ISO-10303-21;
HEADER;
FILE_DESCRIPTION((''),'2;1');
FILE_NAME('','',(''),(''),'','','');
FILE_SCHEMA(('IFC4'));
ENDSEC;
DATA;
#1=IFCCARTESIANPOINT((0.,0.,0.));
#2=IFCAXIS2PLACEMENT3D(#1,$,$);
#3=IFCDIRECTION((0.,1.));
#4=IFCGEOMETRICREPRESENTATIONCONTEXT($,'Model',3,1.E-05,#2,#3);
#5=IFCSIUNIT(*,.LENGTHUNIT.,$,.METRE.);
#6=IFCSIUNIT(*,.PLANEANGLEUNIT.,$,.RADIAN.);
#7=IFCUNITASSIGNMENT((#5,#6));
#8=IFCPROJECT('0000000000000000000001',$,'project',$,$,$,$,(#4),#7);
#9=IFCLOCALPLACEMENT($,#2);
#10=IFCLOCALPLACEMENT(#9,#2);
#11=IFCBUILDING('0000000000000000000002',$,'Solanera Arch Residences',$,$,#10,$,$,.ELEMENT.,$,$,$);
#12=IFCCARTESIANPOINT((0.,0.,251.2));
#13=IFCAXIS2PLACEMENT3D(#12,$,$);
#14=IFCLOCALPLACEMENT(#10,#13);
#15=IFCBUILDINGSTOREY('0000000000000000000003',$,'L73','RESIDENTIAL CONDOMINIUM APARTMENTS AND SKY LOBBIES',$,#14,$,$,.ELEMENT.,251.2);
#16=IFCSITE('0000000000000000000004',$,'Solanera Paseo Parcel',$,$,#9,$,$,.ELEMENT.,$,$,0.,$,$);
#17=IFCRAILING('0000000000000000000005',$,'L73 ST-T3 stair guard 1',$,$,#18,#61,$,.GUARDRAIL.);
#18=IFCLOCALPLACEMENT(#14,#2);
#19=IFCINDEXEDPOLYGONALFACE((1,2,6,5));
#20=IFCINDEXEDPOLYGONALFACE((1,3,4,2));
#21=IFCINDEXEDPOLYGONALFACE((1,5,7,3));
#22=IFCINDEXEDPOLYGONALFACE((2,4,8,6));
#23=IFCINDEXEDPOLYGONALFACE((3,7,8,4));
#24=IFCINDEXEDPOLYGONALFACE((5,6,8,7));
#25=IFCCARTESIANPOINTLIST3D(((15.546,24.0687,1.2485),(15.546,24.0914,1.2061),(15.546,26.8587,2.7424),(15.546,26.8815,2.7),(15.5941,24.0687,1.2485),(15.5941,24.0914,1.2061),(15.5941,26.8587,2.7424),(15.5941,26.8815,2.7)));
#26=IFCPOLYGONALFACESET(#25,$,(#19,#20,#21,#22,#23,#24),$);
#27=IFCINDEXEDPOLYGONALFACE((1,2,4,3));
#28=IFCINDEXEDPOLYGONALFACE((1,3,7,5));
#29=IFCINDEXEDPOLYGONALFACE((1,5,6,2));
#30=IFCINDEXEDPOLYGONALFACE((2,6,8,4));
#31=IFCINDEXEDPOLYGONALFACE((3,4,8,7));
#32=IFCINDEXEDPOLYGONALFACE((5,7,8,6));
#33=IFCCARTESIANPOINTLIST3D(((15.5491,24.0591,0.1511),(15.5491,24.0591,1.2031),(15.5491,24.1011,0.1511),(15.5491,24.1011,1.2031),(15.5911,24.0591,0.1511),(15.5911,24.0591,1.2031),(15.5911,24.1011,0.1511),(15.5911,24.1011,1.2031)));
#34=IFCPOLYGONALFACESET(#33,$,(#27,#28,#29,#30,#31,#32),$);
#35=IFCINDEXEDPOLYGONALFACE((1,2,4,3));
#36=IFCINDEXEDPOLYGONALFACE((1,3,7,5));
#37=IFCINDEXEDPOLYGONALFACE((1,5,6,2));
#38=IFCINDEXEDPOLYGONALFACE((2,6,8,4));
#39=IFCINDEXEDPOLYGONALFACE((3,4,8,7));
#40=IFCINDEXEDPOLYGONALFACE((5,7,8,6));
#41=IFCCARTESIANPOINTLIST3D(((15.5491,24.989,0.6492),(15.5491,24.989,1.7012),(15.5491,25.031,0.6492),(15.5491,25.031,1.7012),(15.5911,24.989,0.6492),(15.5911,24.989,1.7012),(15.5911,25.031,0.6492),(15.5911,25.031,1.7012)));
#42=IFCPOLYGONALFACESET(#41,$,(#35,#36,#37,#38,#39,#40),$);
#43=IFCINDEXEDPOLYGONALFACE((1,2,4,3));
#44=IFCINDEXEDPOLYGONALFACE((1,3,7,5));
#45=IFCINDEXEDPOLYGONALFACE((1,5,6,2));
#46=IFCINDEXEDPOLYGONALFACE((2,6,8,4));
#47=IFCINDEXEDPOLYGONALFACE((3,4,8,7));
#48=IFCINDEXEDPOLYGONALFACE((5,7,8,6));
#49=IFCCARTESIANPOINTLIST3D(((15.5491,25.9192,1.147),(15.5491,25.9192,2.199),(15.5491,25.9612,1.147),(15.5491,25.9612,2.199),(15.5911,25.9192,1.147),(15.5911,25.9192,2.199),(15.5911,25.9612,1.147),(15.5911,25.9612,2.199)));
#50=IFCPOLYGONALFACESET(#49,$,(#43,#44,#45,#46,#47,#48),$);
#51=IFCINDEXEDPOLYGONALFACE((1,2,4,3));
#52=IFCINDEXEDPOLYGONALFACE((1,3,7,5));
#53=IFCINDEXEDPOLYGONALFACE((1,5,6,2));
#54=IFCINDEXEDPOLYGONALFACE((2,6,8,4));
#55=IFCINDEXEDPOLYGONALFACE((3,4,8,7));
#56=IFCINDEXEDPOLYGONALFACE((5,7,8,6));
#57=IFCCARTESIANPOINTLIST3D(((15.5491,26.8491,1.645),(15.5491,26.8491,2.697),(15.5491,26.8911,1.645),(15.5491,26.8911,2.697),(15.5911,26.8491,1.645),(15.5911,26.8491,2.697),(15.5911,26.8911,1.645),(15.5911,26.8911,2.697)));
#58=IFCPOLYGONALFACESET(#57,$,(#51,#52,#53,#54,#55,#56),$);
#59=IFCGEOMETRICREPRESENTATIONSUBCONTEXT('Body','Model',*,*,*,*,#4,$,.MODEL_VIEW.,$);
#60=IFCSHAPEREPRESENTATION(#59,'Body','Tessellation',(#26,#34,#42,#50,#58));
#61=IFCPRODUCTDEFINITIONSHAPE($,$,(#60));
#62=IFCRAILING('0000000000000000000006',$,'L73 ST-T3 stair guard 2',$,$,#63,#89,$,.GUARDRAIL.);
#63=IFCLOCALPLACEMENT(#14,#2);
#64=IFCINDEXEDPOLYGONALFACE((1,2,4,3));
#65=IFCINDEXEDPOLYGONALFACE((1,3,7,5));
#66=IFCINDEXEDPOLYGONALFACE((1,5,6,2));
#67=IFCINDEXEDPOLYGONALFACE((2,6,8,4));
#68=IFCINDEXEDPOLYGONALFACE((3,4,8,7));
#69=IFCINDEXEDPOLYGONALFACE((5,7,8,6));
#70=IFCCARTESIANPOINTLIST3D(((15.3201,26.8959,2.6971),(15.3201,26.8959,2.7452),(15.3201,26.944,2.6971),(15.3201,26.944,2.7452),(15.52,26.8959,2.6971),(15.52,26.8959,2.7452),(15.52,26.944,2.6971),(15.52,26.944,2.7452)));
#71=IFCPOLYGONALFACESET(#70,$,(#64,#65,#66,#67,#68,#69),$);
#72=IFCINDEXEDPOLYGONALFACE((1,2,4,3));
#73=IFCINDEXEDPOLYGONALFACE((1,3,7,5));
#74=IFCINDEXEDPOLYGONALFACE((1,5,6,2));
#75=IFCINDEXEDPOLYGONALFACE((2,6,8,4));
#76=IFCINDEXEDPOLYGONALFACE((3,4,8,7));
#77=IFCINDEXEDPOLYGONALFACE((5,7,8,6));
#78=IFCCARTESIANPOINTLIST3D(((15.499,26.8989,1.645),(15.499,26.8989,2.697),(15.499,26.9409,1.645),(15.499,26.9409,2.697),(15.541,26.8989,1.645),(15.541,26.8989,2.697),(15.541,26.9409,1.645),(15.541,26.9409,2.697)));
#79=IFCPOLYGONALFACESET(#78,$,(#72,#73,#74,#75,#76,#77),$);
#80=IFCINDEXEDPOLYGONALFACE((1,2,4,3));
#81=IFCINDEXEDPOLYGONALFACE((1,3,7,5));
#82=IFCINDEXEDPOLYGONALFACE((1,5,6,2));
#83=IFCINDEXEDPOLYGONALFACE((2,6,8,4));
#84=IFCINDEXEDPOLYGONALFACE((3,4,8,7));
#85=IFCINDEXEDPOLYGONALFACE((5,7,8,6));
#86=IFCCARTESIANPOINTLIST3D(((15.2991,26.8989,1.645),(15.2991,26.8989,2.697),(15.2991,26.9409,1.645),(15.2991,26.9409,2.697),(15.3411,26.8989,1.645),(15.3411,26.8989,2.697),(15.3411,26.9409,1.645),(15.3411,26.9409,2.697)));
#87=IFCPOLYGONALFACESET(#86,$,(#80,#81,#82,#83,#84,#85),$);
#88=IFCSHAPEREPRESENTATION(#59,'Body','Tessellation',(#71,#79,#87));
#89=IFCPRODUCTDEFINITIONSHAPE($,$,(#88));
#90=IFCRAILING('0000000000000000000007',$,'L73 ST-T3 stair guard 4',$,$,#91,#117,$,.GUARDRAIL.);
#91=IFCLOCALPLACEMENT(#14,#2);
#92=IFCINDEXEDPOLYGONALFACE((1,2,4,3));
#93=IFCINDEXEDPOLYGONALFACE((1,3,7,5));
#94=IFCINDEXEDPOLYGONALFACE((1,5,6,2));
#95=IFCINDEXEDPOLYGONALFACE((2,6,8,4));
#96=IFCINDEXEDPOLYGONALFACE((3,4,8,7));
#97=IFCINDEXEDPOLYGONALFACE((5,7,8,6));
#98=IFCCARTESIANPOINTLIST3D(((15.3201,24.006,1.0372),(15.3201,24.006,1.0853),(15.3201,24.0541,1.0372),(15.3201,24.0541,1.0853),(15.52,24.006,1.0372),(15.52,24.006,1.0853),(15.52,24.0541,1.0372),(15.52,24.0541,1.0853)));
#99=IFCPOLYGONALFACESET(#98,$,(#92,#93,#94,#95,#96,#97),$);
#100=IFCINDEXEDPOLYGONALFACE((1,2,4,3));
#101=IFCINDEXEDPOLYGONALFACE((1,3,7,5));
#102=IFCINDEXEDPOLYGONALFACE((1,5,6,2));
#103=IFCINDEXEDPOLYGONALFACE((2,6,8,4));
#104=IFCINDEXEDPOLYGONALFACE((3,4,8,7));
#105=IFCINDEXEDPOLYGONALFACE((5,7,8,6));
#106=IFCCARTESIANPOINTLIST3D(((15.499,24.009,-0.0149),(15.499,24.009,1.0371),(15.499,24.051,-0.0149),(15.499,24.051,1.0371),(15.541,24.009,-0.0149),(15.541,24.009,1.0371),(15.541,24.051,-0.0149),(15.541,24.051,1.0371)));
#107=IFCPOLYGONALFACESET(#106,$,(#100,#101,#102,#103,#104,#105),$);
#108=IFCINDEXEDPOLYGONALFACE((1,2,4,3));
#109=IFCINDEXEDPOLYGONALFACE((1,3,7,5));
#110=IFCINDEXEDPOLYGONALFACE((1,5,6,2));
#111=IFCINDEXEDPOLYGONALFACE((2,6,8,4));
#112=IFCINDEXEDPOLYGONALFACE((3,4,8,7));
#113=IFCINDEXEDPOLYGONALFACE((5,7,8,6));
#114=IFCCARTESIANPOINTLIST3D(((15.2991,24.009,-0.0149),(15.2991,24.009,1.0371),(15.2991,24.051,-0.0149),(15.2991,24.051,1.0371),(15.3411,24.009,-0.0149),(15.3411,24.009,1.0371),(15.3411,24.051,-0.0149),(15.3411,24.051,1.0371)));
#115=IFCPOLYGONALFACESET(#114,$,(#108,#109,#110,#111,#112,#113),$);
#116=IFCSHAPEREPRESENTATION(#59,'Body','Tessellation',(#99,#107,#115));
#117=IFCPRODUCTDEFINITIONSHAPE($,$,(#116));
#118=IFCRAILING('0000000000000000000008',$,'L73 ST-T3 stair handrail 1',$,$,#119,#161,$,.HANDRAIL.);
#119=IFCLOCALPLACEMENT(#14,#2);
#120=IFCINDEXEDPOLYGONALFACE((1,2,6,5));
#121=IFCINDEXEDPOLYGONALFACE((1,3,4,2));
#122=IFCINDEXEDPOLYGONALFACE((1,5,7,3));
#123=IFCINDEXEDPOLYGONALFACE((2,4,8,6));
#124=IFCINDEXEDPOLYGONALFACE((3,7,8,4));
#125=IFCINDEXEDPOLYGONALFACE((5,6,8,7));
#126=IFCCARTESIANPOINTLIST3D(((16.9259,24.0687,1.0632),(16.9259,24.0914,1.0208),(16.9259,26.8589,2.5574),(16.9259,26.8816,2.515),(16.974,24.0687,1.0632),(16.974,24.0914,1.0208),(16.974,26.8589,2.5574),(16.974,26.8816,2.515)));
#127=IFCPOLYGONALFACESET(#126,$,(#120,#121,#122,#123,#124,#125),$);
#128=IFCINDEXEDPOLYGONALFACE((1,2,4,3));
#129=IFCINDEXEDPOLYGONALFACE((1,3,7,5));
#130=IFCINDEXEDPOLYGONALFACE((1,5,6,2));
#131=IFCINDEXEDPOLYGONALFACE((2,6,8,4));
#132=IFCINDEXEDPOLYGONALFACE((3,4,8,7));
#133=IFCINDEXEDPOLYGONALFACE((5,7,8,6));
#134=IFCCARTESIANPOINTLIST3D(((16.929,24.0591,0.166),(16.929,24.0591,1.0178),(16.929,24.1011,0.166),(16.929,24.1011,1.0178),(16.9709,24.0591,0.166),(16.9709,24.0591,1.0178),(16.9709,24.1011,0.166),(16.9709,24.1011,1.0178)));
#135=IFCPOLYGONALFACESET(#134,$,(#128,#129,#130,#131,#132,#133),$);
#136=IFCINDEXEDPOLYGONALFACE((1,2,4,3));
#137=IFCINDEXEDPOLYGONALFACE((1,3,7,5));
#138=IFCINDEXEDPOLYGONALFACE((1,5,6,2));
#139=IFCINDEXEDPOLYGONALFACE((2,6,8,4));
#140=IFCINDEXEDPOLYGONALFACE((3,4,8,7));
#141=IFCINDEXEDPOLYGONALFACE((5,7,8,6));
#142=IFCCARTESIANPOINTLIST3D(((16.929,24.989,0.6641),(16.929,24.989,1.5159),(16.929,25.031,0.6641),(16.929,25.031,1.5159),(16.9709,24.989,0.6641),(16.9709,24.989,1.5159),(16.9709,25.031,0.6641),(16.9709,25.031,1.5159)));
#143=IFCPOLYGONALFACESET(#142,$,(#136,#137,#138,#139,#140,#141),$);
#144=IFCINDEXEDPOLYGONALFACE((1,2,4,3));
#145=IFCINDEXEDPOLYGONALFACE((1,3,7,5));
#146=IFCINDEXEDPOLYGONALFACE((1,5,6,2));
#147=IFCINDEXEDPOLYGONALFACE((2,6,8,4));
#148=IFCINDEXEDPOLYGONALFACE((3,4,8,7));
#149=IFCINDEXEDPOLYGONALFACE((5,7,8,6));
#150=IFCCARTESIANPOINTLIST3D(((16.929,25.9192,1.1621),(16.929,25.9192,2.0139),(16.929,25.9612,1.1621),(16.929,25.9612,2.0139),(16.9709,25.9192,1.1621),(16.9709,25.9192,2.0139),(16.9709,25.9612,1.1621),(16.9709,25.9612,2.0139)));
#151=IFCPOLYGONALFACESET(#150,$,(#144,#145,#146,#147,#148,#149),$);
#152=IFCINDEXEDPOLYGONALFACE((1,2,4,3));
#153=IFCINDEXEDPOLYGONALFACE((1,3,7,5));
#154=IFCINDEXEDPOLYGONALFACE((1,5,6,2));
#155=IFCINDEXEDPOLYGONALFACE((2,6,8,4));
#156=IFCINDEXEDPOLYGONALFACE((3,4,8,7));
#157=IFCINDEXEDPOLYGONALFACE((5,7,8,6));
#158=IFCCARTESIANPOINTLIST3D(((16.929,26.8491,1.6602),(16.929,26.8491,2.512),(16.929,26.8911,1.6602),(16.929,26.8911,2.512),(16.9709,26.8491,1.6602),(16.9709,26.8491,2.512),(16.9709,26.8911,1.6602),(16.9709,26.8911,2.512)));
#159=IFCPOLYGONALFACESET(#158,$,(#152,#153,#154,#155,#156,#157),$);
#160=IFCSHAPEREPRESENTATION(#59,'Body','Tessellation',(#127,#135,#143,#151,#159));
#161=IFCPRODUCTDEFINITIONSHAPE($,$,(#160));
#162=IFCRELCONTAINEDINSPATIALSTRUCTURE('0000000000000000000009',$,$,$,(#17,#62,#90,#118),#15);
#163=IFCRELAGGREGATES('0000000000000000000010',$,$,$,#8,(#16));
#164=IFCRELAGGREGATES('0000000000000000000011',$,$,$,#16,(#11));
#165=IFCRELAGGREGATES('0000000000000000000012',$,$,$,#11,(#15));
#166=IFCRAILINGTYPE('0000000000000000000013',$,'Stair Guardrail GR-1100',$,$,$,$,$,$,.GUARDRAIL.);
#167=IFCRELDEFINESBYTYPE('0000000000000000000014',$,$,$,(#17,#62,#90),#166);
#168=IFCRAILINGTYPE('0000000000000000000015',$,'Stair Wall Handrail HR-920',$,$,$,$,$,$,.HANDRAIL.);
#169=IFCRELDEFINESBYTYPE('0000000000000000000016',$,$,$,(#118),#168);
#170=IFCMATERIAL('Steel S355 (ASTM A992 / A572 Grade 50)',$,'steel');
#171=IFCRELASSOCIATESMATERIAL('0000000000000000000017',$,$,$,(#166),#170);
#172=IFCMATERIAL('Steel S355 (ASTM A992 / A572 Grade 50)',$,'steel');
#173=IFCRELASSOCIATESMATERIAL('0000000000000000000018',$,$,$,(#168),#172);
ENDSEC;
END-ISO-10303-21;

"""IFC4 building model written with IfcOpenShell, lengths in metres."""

from ifc_helpers import new_model, si_unit, direction, frame, origin, origin_2d, place, context, subcontext, project, spatial, rectangle, extrude, material, type_object, element, save


model = new_model("IFC4")

# Units and contexts
model_context = context("Model", 3, precision=1e-05, world=origin(), true_north=direction((0.0, 1.0)))
body_context = subcontext(model_context, "Body", "Model", "MODEL_VIEW")
ifc_project = project(units=[si_unit("LENGTHUNIT", "METRE"), si_unit("PLANEANGLEUNIT", "RADIAN")], contexts=[model_context])

# Site, building, storey
site_placement = place(None, origin())
site = spatial("IfcSite", under=ifc_project, at=site_placement, Name="Solanera Paseo Parcel", CompositionType="ELEMENT", RefElevation=0.0)
building_placement = place(site_placement, origin())
building = spatial("IfcBuilding", under=site, at=building_placement, Name="Solanera Arch Residences", CompositionType="ELEMENT")
storey_placement = place(building_placement, frame((0.0, 0.0, 251.2)))
storey = spatial("IfcBuildingStorey", under=building, at=storey_placement, Name="L73", Description="RESIDENTIAL CONDOMINIUM APARTMENTS AND SKY LOBBIES", CompositionType="ELEMENT", Elevation=251.2)

# Railings
ifc_material_1 = material(Name="Steel S355 (ASTM A992 / A572 Grade 50)", Category="steel")
railing_type_1 = type_object("IfcRailingType", Name="Stair Guardrail GR-1100", PredefinedType="GUARDRAIL", material=ifc_material_1)
railing_1_placement = place(storey_placement, frame((15.5701, 24.0801, 0.1511)))
element("IfcRailing", 1, at=railing_1_placement, inside=storey, type_object=railing_type_1, Name="L73 ST-T3 stair guard 1", PredefinedType="GUARDRAIL", context=body_context, shape_type="SweptSolid", body=[
    extrude(rectangle(XDim=0.0481, YDim=0.0481, at=origin_2d()), frame((0.0, 0.0, 1.0762), z_axis=(0.0, 0.881581, 0.472033), x_axis=(-1.0, 0.0, 0.0)), (0.0, 0.0, 1.0), 3.1648),
    extrude(rectangle(XDim=0.042, YDim=0.042, at=origin_2d()), origin(), (0.0, 0.0, 1.0), 1.052),
    extrude(rectangle(XDim=0.042, YDim=0.042, at=origin_2d()), frame((0.0, 0.9299, 0.498)), (0.0, 0.0, 1.0), 1.052),
    extrude(rectangle(XDim=0.042, YDim=0.042, at=origin_2d()), frame((0.0, 1.8601, 0.9958)), (0.0, 0.0, 1.0), 1.052),
    extrude(rectangle(XDim=0.042, YDim=0.042, at=origin_2d()), frame((0.0, 2.79, 1.4939)), (0.0, 0.0, 1.0), 1.052),
])
for number, where, name in (
    (2, (15.52, 26.9199, 1.645), "L73 ST-T3 stair guard 2"),
    (3, (15.52, 24.03, -0.0149), "L73 ST-T3 stair guard 4"),
):
    element("IfcRailing", number, at=place(storey_placement, frame(where)), inside=storey, type_object=railing_type_1, Name=name, PredefinedType="GUARDRAIL", context=body_context, shape_type="SweptSolid", body=[
        extrude(rectangle(XDim=0.0481, YDim=0.0481, at=origin_2d()), frame((0.0, 0.0, 1.0762), z_axis=(-1.0, 0.0, 0.0), x_axis=(0.0, -1.0, 0.0)), (0.0, 0.0, 1.0), 0.2),
        extrude(rectangle(XDim=0.042, YDim=0.042, at=origin_2d()), origin(), (0.0, 0.0, 1.0), 1.052),
        extrude(rectangle(XDim=0.042, YDim=0.042, at=origin_2d()), frame((-0.2, 0.0, 0.0)), (0.0, 0.0, 1.0), 1.052),
    ])
ifc_material_2 = material(Name="Steel S355 (ASTM A992 / A572 Grade 50)", Category="steel")
railing_type_2 = type_object("IfcRailingType", Name="Stair Wall Handrail HR-920", PredefinedType="HANDRAIL", material=ifc_material_2)
railing_2_placement = place(storey_placement, frame((16.95, 24.0801, 0.166)))
element("IfcRailing", 4, at=railing_2_placement, inside=storey, type_object=railing_type_2, Name="L73 ST-T3 stair handrail 1", PredefinedType="HANDRAIL", context=body_context, shape_type="SweptSolid", body=[
    extrude(rectangle(XDim=0.0481, YDim=0.0481, at=origin_2d()), frame((0.0, 0.0, 0.876), z_axis=(0.0, 0.881549, 0.472093), x_axis=(-1.0, 0.0, 0.0)), (0.0, 0.0, 1.0), 3.165),
    extrude(rectangle(XDim=0.042, YDim=0.042, at=origin_2d()), origin(), (0.0, 0.0, 1.0), 0.8518),
    extrude(rectangle(XDim=0.042, YDim=0.042, at=origin_2d()), frame((0.0, 0.9299, 0.498)), (0.0, 0.0, 1.0), 0.8518),
    extrude(rectangle(XDim=0.042, YDim=0.042, at=origin_2d()), frame((0.0, 1.8601, 0.9961)), (0.0, 0.0, 1.0), 0.8518),
    extrude(rectangle(XDim=0.042, YDim=0.042, at=origin_2d()), frame((0.0, 2.79, 1.4941)), (0.0, 0.0, 1.0), 0.8518),
])

save(model, "model.ifc")
